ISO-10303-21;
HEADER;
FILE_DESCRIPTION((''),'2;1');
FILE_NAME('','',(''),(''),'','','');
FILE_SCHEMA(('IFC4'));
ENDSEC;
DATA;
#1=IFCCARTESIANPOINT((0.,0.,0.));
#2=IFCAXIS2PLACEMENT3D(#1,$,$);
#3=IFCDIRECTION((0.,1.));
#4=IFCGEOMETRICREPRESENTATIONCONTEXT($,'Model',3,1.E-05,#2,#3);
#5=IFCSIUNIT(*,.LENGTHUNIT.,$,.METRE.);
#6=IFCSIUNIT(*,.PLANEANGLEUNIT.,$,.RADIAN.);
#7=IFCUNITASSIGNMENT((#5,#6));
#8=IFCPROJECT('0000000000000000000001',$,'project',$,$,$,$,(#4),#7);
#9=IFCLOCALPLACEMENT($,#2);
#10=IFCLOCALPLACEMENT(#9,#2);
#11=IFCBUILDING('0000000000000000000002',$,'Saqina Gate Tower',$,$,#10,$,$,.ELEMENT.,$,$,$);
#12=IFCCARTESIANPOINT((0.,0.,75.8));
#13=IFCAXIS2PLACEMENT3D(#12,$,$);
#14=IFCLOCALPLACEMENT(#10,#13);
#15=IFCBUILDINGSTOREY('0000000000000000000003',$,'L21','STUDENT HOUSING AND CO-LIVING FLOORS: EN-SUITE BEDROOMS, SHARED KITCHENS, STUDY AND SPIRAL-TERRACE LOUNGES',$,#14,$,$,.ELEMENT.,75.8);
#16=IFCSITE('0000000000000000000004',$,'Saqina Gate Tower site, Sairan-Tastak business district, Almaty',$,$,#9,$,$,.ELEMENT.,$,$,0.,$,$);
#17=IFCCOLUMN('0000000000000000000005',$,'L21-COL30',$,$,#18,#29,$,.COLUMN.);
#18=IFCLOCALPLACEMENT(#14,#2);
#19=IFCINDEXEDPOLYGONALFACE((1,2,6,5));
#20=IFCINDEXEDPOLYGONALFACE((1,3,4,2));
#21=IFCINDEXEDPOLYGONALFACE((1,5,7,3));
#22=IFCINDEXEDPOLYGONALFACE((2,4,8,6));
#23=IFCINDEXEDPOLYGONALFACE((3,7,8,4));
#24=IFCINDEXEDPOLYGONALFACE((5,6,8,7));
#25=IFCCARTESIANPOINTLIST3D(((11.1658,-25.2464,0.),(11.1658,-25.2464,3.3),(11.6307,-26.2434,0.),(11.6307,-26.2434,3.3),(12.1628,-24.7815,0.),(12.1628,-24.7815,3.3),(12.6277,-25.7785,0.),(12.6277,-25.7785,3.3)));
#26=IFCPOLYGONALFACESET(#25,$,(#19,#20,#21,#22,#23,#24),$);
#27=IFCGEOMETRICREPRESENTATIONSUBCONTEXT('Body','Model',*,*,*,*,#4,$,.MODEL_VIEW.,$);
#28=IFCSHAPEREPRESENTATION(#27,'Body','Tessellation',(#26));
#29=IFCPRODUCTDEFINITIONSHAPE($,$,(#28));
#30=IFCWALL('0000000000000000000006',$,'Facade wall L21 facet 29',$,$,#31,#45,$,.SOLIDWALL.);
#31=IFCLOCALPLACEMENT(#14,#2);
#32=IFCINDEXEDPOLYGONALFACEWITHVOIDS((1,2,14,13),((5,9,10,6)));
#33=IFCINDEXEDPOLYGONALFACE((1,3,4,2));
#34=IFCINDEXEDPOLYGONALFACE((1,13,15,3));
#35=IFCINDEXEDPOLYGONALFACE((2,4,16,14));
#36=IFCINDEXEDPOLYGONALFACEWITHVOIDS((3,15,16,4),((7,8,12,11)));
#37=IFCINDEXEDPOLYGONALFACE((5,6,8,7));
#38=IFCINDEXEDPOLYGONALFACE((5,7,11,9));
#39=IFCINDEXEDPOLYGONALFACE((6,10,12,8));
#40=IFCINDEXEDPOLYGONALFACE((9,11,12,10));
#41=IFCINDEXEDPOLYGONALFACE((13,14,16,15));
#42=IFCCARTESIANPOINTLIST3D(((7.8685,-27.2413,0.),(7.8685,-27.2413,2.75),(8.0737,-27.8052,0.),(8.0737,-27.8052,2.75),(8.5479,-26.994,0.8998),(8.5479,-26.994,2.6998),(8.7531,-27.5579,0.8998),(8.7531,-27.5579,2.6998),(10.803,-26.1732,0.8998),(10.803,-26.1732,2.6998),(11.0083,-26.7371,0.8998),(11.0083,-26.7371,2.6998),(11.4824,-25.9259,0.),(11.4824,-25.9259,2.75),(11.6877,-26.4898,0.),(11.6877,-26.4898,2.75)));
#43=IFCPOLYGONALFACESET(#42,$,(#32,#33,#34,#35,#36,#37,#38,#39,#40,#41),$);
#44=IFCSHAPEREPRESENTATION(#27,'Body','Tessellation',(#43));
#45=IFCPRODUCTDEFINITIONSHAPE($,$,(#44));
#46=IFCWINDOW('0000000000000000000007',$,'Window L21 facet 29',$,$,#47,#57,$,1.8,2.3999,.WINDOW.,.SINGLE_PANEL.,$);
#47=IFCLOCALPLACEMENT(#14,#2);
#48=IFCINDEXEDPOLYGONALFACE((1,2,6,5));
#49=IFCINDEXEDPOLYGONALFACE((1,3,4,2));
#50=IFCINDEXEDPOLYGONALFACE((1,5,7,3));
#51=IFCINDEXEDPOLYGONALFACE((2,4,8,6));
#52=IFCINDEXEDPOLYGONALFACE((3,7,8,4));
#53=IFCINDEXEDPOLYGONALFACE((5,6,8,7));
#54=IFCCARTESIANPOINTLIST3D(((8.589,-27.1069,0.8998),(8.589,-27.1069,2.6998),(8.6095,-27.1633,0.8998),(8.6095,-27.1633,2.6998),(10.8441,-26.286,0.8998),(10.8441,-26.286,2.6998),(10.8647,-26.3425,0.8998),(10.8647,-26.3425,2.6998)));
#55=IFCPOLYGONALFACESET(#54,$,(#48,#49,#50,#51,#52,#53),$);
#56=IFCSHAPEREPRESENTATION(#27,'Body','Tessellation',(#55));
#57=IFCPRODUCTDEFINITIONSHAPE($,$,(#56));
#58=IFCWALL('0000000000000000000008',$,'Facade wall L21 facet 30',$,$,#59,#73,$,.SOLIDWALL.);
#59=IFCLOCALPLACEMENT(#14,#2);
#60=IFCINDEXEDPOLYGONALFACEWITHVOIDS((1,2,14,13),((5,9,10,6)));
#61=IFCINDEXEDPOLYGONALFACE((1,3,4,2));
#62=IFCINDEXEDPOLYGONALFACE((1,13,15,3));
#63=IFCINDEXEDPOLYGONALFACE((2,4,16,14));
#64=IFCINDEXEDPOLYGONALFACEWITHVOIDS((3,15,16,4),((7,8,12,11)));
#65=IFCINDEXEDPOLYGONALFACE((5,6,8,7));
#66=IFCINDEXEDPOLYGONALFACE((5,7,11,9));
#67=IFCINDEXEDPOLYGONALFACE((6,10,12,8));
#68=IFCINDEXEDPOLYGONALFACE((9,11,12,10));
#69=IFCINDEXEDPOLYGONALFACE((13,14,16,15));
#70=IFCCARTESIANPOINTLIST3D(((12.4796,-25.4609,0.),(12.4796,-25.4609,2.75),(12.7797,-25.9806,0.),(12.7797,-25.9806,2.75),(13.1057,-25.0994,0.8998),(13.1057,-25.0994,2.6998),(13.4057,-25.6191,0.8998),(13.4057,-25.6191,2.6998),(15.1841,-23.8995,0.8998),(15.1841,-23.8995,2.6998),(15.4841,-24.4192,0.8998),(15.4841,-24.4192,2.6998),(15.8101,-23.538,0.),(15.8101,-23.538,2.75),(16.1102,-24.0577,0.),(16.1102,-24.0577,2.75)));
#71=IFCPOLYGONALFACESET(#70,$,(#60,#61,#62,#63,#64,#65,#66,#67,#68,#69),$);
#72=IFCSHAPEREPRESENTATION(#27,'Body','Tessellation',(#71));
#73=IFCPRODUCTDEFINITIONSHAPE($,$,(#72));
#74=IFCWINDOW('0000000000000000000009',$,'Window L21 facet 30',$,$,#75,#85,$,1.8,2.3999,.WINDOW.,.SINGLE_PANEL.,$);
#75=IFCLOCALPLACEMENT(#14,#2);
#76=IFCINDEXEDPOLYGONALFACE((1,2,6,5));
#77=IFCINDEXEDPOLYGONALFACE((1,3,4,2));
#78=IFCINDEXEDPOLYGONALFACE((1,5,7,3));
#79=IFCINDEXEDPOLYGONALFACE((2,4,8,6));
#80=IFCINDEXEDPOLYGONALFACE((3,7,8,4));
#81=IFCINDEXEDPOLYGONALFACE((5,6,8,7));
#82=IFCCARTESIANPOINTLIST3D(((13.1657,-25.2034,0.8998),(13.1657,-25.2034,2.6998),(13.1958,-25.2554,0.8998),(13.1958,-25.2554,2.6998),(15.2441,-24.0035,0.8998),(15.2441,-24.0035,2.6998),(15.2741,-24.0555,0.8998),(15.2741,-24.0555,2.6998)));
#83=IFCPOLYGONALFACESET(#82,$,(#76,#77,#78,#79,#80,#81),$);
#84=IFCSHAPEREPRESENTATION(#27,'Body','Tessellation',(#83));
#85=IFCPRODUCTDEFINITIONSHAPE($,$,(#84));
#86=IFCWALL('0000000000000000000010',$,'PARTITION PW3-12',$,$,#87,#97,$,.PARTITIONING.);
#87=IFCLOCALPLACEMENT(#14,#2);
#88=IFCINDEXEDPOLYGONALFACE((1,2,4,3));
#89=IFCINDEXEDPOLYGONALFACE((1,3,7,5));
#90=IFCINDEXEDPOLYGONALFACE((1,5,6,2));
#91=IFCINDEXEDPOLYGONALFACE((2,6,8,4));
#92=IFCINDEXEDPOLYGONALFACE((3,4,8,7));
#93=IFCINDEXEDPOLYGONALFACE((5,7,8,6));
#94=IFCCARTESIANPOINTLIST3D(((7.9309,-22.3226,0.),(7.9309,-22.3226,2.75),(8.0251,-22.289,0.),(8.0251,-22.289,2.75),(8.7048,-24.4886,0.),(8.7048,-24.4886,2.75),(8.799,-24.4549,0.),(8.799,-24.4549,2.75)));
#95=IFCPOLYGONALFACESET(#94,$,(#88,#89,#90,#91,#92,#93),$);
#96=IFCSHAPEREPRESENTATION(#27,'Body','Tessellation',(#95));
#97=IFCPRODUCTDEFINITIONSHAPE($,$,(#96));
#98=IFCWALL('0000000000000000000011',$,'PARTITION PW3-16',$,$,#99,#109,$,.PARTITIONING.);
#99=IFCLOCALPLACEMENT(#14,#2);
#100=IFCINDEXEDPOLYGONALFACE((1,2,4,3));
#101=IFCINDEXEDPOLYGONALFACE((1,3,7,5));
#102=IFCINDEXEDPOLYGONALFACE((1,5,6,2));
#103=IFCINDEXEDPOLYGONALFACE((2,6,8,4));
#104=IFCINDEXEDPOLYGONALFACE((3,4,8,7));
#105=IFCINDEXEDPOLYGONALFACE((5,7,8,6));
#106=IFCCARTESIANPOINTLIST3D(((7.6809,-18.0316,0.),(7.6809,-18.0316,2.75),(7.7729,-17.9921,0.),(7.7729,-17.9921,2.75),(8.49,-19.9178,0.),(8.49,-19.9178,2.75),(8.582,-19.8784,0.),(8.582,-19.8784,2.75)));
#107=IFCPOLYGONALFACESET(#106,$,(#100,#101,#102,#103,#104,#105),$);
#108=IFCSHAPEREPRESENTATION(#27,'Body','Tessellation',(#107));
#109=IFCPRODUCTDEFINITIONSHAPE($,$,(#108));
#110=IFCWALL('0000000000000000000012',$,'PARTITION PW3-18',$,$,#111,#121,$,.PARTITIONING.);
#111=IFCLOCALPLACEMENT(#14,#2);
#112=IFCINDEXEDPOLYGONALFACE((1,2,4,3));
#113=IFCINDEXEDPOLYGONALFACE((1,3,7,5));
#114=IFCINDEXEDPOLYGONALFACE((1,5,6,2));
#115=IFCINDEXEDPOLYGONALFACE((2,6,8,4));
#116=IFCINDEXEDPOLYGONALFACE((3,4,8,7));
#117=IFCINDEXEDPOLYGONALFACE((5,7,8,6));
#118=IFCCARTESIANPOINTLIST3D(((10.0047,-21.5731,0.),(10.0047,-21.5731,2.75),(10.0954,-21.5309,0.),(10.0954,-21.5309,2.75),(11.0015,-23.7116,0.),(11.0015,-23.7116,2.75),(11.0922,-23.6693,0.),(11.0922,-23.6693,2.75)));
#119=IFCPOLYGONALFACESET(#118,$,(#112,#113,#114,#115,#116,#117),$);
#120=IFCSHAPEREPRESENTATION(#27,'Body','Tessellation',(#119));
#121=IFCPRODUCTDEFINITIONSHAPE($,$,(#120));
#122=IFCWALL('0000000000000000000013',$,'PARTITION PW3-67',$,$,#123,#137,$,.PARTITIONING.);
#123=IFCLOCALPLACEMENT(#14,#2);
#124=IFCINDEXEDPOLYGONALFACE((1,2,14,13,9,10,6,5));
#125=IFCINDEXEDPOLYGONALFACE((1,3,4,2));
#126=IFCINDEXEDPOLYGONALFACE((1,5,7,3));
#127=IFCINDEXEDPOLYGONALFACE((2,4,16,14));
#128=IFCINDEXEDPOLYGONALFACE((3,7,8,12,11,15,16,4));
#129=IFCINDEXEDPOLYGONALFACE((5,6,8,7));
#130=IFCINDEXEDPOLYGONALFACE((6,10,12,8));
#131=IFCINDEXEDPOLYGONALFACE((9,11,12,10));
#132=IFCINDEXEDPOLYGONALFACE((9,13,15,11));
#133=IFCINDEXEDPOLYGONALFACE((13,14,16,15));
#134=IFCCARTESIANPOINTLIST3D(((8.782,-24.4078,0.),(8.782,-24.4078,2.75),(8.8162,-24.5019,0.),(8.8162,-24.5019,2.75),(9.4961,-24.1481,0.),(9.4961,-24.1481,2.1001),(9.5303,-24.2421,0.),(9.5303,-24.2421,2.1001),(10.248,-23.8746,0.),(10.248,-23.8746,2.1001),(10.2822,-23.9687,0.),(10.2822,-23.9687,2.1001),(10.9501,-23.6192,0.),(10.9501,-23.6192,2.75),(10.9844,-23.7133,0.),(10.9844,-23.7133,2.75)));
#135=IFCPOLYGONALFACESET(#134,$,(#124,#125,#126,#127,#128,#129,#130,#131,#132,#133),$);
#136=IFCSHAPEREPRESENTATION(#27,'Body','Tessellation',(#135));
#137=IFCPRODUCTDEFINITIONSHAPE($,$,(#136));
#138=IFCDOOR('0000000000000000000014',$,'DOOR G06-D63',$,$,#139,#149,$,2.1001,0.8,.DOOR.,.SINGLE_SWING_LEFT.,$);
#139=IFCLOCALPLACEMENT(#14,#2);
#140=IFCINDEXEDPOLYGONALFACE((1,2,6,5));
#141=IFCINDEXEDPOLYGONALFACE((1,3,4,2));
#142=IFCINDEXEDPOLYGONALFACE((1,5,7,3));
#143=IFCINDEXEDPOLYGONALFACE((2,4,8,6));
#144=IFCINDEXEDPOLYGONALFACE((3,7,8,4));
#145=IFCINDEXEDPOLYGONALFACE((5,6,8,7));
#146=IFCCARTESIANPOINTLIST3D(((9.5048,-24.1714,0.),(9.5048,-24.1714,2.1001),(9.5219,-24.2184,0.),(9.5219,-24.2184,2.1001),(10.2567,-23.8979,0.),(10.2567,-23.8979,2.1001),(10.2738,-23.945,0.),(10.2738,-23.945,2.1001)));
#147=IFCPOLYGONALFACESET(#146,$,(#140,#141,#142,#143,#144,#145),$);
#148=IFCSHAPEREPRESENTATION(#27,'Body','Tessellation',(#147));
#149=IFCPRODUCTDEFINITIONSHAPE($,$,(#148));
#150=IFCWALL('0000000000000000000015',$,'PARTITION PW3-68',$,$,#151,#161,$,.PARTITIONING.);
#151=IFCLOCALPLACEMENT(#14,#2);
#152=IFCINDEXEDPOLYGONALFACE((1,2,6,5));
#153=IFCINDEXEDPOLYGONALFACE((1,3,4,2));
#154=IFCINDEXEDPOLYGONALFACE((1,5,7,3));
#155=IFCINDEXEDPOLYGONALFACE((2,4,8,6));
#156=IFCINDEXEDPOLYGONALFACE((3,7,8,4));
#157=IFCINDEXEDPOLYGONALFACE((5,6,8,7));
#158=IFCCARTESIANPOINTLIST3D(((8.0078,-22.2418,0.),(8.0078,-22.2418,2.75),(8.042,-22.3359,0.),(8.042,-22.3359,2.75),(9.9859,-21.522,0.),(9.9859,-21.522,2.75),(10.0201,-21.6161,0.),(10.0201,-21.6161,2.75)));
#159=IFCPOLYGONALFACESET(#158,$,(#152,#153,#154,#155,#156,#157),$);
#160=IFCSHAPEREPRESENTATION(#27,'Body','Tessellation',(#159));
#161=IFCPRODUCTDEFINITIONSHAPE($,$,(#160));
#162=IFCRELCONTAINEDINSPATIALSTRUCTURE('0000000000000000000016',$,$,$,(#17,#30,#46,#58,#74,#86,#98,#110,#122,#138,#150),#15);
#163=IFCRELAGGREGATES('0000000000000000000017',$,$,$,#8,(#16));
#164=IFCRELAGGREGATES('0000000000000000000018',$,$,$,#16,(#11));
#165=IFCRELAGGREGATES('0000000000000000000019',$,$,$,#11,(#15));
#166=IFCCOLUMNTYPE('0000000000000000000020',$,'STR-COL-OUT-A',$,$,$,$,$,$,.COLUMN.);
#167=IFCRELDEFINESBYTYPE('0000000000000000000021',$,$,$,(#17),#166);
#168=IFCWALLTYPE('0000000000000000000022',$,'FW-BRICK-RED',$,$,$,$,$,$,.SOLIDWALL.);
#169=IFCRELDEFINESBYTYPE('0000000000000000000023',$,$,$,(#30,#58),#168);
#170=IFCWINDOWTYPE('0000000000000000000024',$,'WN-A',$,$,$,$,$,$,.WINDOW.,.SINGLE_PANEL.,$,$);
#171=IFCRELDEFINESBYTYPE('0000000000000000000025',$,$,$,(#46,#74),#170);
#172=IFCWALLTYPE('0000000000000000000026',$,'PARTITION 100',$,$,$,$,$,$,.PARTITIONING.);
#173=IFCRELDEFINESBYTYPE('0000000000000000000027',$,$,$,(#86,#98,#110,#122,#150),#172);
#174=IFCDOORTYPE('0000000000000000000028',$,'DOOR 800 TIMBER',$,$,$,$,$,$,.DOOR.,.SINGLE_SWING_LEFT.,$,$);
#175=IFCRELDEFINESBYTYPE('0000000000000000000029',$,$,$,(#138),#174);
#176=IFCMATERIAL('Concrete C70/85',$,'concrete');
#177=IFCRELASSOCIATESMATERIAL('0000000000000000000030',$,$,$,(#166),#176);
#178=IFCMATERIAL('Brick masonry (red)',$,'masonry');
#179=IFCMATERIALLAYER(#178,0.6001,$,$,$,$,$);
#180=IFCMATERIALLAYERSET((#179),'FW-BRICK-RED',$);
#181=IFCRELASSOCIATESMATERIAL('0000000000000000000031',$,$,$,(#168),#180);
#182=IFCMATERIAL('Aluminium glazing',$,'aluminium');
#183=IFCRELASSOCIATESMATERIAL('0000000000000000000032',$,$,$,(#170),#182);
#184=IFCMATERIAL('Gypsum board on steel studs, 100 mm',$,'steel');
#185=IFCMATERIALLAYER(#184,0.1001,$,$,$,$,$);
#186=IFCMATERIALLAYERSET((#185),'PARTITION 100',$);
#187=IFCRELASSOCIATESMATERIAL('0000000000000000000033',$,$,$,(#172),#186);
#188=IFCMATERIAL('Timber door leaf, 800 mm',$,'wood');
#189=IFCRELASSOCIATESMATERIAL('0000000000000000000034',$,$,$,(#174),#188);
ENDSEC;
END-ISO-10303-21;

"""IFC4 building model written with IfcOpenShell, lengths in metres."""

from ifc_helpers import new_model, si_unit, direction, frame, frame_2d, origin, origin_2d, place, context, subcontext, project, spatial, rectangle, extrude, material, layer, layer_set, material_profile, profile_set, type_object, element, fill, save


model = new_model("IFC4")

# Units and contexts
model_context = context("Model", 3, precision=1e-05, world=origin(), true_north=direction((0.0, 1.0)))
body_context = subcontext(model_context, "Body", "Model", "MODEL_VIEW")
ifc_project = project(units=[si_unit("LENGTHUNIT", "METRE"), si_unit("PLANEANGLEUNIT", "RADIAN")], contexts=[model_context])

# Site, building, storey
site_placement = place(None, origin())
site = spatial("IfcSite", under=ifc_project, at=site_placement, Name="Saqina Gate Tower site, Sairan-Tastak business district, Almaty", CompositionType="ELEMENT", RefElevation=0.0)
building_placement = place(site_placement, origin())
building = spatial("IfcBuilding", under=site, at=building_placement, Name="Saqina Gate Tower", CompositionType="ELEMENT")
storey_placement = place(building_placement, frame((0.0, 0.0, 75.8)))
storey = spatial("IfcBuildingStorey", under=building, at=storey_placement, Name="L21", Description="STUDENT HOUSING AND CO-LIVING FLOORS: EN-SUITE BEDROOMS, SHARED KITCHENS, STUDY AND SPIRAL-TERRACE LOUNGES", CompositionType="ELEMENT", Elevation=75.8)

# Column
ifc_material_1 = material(Name="Concrete C70/85", Category="concrete")
ifc_material_profile = material_profile(ifc_material_1, rectangle(XDim=1.1001, YDim=1.1001, at=origin_2d()), Name="RC 1100x1100")
ifc_profile_set = profile_set([ifc_material_profile], Name="Concrete C70/85")
column_type = type_object("IfcColumnType", Name="STR-COL-OUT-A", PredefinedType="COLUMN", material=ifc_profile_set)
column_placement = place(storey_placement, frame((11.8967, -25.5125, 0.0), z_axis=(0.0, 0.0, 1.0), x_axis=(0.422618, -0.906308, 0.0)))
element("IfcColumn", 1, at=column_placement, inside=storey, type_object=column_type, Name="L21-COL30", PredefinedType="COLUMN", context=body_context, shape_type="SweptSolid", body=[
    extrude(rectangle(XDim=1.1001, YDim=1.1001, at=origin_2d()), origin(), (0.0, 0.0, 1.0), 3.3),
])

# Walls, openings, windows
ifc_material_2 = material(Name="Brick masonry (red)", Category="masonry")
ifc_layer_1 = layer(ifc_material_2, 0.6001)
ifc_layer_set_1 = layer_set([ifc_layer_1], Name="FW-BRICK-RED")
wall_type_1 = type_object("IfcWallType", Name="FW-BRICK-RED", PredefinedType="SOLIDWALL", material=ifc_layer_set_1)
wall_1_placement = place(storey_placement, frame((7.9712, -27.5232, 0.0), z_axis=(0.0, 0.0, 1.0), x_axis=(0.93969, 0.342028, 0.0)))
wall_1 = element("IfcWall", 2, at=wall_1_placement, inside=storey, type_object=wall_type_1, Name="Facade wall L21 facet 29", PredefinedType="SOLIDWALL", context=body_context, shape_type="SweptSolid", body=[
    extrude(rectangle(XDim=3.8459, YDim=0.6001, at=frame_2d((1.9229, 0.0))), origin(), (0.0, 0.0, 1.0), 2.75),
])
opening_1_placement = place(wall_1_placement, frame((0.7229, 0.0, 0.8999)))
opening_1 = element("IfcOpeningElement", 3, at=opening_1_placement, cuts=wall_1, PredefinedType="OPENING", context=body_context, shape_type="SweptSolid", body=[
    extrude(rectangle(XDim=2.3999, YDim=1.8, at=frame_2d((1.2, 0.8999))), frame((0.0, 0.312, 0.0), z_axis=(0.0, -1.0, 0.0), x_axis=(1.0, 0.0, 0.0)), (0.0, 0.0, 1.0), 0.624),
])
ifc_material_3 = material(Name="Aluminium glazing", Category="aluminium")
window_type = type_object("IfcWindowType", Name="WN-A", PartitioningType="SINGLE_PANEL", PredefinedType="WINDOW", material=ifc_material_3)
window_1_placement = place(opening_1_placement, origin())
window_1 = element("IfcWindow", 4, at=window_1_placement, inside=storey, type_object=window_type, Name="Window L21 facet 29", OverallHeight=1.8, OverallWidth=2.3999, PartitioningType="SINGLE_PANEL", PredefinedType="WINDOW", context=body_context, shape_type="SweptSolid", body=[
    extrude(rectangle(XDim=2.3999, YDim=1.8, at=frame_2d((1.2, 0.8999))), frame((0.0, 0.1799, 0.0), z_axis=(0.0, -1.0, 0.0), x_axis=(1.0, 0.0, 0.0)), (0.0, 0.0, 1.0), 0.0601),
])
fill(opening_1, window_1)
wall_2_placement = place(storey_placement, frame((12.6296, -25.7207, 0.0), z_axis=(0.0, 0.0, 1.0), x_axis=(0.866031, 0.49999, 0.0)))
wall_2 = element("IfcWall", 5, at=wall_2_placement, inside=storey, type_object=wall_type_1, Name="Facade wall L21 facet 30", PredefinedType="SOLIDWALL", context=body_context, shape_type="SweptSolid", body=[
    extrude(rectangle(XDim=3.8457, YDim=0.6001, at=frame_2d((1.9229, 0.0))), origin(), (0.0, 0.0, 1.0), 2.75),
])
opening_2_placement = place(wall_2_placement, frame((0.7229, 0.0, 0.8999)))
opening_2 = element("IfcOpeningElement", 6, at=opening_2_placement, cuts=wall_2, PredefinedType="OPENING", context=body_context, shape_type="SweptSolid", body=[
    extrude(rectangle(XDim=2.3999, YDim=1.8, at=frame_2d((1.2, 0.8999))), frame((0.0, 0.312, 0.0), z_axis=(0.0, -1.0, 0.0), x_axis=(1.0, 0.0, 0.0)), (0.0, 0.0, 1.0), 0.624),
])
window_2_placement = place(opening_2_placement, origin())
window_2 = element("IfcWindow", 7, at=window_2_placement, inside=storey, type_object=window_type, Name="Window L21 facet 30", OverallHeight=1.8, OverallWidth=2.3999, PartitioningType="SINGLE_PANEL", PredefinedType="WINDOW", context=body_context, shape_type="SweptSolid", body=[
    extrude(rectangle(XDim=2.3999, YDim=1.8, at=frame_2d((1.2, 0.8999))), frame((0.0, 0.1799, 0.0), z_axis=(0.0, -1.0, 0.0), x_axis=(1.0, 0.0, 0.0)), (0.0, 0.0, 1.0), 0.0601),
])
fill(opening_2, window_2)

# Walls
ifc_material_4 = material(Name="Gypsum board on steel studs, 100 mm", Category="steel")
ifc_layer_2 = layer(ifc_material_4, 0.1001)
ifc_layer_set_2 = layer_set([ifc_layer_2], Name="PARTITION 100")
wall_type_2 = type_object("IfcWallType", Name="PARTITION 100", PredefinedType="PARTITIONING", material=ifc_layer_set_2)
wall_3_placement = place(storey_placement, frame((7.978, -22.3059, 0.0), z_axis=(0.0, 0.0, 1.0), x_axis=(0.336471, -0.941694, 0.0)))
element("IfcWall", 8, at=wall_3_placement, inside=storey, type_object=wall_type_2, Name="PARTITION PW3-12", PredefinedType="PARTITIONING", context=body_context, shape_type="SweptSolid", body=[
    extrude(rectangle(XDim=2.3, YDim=0.1001, at=frame_2d((1.1499, 0.0))), origin(), (0.0, 0.0, 1.0), 2.75),
])
wall_4_placement = place(storey_placement, frame((7.7268, -18.0117, 0.0), z_axis=(0.0, 0.0, 1.0), x_axis=(0.394206, -0.919022, 0.0)))
element("IfcWall", 9, at=wall_4_placement, inside=storey, type_object=wall_type_2, Name="PARTITION PW3-16", PredefinedType="PARTITIONING", context=body_context, shape_type="SweptSolid", body=[
    extrude(rectangle(XDim=2.0525, YDim=0.1001, at=frame_2d((1.0264, 0.0))), origin(), (0.0, 0.0, 1.0), 2.75),
])
wall_5_placement = place(storey_placement, frame((10.05, -21.552, 0.0), z_axis=(0.0, 0.0, 1.0), x_axis=(0.4225, -0.906363, 0.0)))
element("IfcWall", 10, at=wall_5_placement, inside=storey, type_object=wall_type_2, Name="PARTITION PW3-18", PredefinedType="PARTITIONING", context=body_context, shape_type="SweptSolid", body=[
    extrude(rectangle(XDim=2.3594, YDim=0.1001, at=frame_2d((1.1797, 0.0))), origin(), (0.0, 0.0, 1.0), 2.75),
])

# Wall, opening, door
wall_6_placement = place(storey_placement, frame((8.7991, -24.4548, 0.0), z_axis=(0.0, 0.0, 1.0), x_axis=(0.939775, 0.341794, 0.0)))
wall_6 = element("IfcWall", 11, at=wall_6_placement, inside=storey, type_object=wall_type_2, Name="PARTITION PW3-67", PredefinedType="PARTITIONING", context=body_context, shape_type="SweptSolid", body=[
    extrude(rectangle(XDim=2.3071, YDim=0.1001, at=frame_2d((1.1536, 0.0))), origin(), (0.0, 0.0, 1.0), 2.75),
])
opening_3_placement = place(wall_6_placement, frame((0.76, 0.0, 0.0)))
opening_3 = element("IfcOpeningElement", 12, at=opening_3_placement, cuts=wall_6, PredefinedType="OPENING", context=body_context, shape_type="SweptSolid", body=[
    extrude(rectangle(XDim=0.8, YDim=2.1001, at=frame_2d((0.3999, 1.05))), frame((0.0, 0.062, 0.0), z_axis=(0.0, -1.0, 0.0), x_axis=(1.0, 0.0, 0.0)), (0.0, 0.0, 1.0), 0.124),
])
ifc_material_5 = material(Name="Timber door leaf, 800 mm", Category="wood")
door_type_1 = type_object("IfcDoorType", Name="DOOR 800 TIMBER", OperationType="SINGLE_SWING_LEFT", PredefinedType="DOOR", material=ifc_material_5)
door_1_placement = place(opening_3_placement, frame((0.8, 0.0, 0.0), z_axis=(0.0, 0.0, 1.0), x_axis=(-1.0, 0.0, 0.0)))
door_1 = element("IfcDoor", 13, at=door_1_placement, inside=storey, type_object=door_type_1, Name="DOOR G06-D63", OperationType="SINGLE_SWING_LEFT", OverallHeight=2.1001, OverallWidth=0.8, PredefinedType="DOOR", context=body_context, shape_type="SweptSolid", body=[
    extrude(rectangle(XDim=0.8, YDim=2.1001, at=frame_2d((0.3999, 1.05))), frame((0.0, 0.0249, 0.0), z_axis=(0.0, -1.0, 0.0), x_axis=(1.0, 0.0, 0.0)), (0.0, 0.0, 1.0), 0.05),
])
fill(opening_3, door_1)

# Wall
wall_7_placement = place(storey_placement, frame((8.0249, -22.2888, 0.0), z_axis=(0.0, 0.0, 1.0), x_axis=(0.939726, 0.341929, 0.0)))
element("IfcWall", 14, at=wall_7_placement, inside=storey, type_object=wall_type_2, Name="PARTITION PW3-68", PredefinedType="PARTITIONING", context=body_context, shape_type="SweptSolid", body=[
    extrude(rectangle(XDim=2.105, YDim=0.1001, at=frame_2d((1.0525, 0.0))), origin(), (0.0, 0.0, 1.0), 2.75),
])

save(model, "model.ifc")
